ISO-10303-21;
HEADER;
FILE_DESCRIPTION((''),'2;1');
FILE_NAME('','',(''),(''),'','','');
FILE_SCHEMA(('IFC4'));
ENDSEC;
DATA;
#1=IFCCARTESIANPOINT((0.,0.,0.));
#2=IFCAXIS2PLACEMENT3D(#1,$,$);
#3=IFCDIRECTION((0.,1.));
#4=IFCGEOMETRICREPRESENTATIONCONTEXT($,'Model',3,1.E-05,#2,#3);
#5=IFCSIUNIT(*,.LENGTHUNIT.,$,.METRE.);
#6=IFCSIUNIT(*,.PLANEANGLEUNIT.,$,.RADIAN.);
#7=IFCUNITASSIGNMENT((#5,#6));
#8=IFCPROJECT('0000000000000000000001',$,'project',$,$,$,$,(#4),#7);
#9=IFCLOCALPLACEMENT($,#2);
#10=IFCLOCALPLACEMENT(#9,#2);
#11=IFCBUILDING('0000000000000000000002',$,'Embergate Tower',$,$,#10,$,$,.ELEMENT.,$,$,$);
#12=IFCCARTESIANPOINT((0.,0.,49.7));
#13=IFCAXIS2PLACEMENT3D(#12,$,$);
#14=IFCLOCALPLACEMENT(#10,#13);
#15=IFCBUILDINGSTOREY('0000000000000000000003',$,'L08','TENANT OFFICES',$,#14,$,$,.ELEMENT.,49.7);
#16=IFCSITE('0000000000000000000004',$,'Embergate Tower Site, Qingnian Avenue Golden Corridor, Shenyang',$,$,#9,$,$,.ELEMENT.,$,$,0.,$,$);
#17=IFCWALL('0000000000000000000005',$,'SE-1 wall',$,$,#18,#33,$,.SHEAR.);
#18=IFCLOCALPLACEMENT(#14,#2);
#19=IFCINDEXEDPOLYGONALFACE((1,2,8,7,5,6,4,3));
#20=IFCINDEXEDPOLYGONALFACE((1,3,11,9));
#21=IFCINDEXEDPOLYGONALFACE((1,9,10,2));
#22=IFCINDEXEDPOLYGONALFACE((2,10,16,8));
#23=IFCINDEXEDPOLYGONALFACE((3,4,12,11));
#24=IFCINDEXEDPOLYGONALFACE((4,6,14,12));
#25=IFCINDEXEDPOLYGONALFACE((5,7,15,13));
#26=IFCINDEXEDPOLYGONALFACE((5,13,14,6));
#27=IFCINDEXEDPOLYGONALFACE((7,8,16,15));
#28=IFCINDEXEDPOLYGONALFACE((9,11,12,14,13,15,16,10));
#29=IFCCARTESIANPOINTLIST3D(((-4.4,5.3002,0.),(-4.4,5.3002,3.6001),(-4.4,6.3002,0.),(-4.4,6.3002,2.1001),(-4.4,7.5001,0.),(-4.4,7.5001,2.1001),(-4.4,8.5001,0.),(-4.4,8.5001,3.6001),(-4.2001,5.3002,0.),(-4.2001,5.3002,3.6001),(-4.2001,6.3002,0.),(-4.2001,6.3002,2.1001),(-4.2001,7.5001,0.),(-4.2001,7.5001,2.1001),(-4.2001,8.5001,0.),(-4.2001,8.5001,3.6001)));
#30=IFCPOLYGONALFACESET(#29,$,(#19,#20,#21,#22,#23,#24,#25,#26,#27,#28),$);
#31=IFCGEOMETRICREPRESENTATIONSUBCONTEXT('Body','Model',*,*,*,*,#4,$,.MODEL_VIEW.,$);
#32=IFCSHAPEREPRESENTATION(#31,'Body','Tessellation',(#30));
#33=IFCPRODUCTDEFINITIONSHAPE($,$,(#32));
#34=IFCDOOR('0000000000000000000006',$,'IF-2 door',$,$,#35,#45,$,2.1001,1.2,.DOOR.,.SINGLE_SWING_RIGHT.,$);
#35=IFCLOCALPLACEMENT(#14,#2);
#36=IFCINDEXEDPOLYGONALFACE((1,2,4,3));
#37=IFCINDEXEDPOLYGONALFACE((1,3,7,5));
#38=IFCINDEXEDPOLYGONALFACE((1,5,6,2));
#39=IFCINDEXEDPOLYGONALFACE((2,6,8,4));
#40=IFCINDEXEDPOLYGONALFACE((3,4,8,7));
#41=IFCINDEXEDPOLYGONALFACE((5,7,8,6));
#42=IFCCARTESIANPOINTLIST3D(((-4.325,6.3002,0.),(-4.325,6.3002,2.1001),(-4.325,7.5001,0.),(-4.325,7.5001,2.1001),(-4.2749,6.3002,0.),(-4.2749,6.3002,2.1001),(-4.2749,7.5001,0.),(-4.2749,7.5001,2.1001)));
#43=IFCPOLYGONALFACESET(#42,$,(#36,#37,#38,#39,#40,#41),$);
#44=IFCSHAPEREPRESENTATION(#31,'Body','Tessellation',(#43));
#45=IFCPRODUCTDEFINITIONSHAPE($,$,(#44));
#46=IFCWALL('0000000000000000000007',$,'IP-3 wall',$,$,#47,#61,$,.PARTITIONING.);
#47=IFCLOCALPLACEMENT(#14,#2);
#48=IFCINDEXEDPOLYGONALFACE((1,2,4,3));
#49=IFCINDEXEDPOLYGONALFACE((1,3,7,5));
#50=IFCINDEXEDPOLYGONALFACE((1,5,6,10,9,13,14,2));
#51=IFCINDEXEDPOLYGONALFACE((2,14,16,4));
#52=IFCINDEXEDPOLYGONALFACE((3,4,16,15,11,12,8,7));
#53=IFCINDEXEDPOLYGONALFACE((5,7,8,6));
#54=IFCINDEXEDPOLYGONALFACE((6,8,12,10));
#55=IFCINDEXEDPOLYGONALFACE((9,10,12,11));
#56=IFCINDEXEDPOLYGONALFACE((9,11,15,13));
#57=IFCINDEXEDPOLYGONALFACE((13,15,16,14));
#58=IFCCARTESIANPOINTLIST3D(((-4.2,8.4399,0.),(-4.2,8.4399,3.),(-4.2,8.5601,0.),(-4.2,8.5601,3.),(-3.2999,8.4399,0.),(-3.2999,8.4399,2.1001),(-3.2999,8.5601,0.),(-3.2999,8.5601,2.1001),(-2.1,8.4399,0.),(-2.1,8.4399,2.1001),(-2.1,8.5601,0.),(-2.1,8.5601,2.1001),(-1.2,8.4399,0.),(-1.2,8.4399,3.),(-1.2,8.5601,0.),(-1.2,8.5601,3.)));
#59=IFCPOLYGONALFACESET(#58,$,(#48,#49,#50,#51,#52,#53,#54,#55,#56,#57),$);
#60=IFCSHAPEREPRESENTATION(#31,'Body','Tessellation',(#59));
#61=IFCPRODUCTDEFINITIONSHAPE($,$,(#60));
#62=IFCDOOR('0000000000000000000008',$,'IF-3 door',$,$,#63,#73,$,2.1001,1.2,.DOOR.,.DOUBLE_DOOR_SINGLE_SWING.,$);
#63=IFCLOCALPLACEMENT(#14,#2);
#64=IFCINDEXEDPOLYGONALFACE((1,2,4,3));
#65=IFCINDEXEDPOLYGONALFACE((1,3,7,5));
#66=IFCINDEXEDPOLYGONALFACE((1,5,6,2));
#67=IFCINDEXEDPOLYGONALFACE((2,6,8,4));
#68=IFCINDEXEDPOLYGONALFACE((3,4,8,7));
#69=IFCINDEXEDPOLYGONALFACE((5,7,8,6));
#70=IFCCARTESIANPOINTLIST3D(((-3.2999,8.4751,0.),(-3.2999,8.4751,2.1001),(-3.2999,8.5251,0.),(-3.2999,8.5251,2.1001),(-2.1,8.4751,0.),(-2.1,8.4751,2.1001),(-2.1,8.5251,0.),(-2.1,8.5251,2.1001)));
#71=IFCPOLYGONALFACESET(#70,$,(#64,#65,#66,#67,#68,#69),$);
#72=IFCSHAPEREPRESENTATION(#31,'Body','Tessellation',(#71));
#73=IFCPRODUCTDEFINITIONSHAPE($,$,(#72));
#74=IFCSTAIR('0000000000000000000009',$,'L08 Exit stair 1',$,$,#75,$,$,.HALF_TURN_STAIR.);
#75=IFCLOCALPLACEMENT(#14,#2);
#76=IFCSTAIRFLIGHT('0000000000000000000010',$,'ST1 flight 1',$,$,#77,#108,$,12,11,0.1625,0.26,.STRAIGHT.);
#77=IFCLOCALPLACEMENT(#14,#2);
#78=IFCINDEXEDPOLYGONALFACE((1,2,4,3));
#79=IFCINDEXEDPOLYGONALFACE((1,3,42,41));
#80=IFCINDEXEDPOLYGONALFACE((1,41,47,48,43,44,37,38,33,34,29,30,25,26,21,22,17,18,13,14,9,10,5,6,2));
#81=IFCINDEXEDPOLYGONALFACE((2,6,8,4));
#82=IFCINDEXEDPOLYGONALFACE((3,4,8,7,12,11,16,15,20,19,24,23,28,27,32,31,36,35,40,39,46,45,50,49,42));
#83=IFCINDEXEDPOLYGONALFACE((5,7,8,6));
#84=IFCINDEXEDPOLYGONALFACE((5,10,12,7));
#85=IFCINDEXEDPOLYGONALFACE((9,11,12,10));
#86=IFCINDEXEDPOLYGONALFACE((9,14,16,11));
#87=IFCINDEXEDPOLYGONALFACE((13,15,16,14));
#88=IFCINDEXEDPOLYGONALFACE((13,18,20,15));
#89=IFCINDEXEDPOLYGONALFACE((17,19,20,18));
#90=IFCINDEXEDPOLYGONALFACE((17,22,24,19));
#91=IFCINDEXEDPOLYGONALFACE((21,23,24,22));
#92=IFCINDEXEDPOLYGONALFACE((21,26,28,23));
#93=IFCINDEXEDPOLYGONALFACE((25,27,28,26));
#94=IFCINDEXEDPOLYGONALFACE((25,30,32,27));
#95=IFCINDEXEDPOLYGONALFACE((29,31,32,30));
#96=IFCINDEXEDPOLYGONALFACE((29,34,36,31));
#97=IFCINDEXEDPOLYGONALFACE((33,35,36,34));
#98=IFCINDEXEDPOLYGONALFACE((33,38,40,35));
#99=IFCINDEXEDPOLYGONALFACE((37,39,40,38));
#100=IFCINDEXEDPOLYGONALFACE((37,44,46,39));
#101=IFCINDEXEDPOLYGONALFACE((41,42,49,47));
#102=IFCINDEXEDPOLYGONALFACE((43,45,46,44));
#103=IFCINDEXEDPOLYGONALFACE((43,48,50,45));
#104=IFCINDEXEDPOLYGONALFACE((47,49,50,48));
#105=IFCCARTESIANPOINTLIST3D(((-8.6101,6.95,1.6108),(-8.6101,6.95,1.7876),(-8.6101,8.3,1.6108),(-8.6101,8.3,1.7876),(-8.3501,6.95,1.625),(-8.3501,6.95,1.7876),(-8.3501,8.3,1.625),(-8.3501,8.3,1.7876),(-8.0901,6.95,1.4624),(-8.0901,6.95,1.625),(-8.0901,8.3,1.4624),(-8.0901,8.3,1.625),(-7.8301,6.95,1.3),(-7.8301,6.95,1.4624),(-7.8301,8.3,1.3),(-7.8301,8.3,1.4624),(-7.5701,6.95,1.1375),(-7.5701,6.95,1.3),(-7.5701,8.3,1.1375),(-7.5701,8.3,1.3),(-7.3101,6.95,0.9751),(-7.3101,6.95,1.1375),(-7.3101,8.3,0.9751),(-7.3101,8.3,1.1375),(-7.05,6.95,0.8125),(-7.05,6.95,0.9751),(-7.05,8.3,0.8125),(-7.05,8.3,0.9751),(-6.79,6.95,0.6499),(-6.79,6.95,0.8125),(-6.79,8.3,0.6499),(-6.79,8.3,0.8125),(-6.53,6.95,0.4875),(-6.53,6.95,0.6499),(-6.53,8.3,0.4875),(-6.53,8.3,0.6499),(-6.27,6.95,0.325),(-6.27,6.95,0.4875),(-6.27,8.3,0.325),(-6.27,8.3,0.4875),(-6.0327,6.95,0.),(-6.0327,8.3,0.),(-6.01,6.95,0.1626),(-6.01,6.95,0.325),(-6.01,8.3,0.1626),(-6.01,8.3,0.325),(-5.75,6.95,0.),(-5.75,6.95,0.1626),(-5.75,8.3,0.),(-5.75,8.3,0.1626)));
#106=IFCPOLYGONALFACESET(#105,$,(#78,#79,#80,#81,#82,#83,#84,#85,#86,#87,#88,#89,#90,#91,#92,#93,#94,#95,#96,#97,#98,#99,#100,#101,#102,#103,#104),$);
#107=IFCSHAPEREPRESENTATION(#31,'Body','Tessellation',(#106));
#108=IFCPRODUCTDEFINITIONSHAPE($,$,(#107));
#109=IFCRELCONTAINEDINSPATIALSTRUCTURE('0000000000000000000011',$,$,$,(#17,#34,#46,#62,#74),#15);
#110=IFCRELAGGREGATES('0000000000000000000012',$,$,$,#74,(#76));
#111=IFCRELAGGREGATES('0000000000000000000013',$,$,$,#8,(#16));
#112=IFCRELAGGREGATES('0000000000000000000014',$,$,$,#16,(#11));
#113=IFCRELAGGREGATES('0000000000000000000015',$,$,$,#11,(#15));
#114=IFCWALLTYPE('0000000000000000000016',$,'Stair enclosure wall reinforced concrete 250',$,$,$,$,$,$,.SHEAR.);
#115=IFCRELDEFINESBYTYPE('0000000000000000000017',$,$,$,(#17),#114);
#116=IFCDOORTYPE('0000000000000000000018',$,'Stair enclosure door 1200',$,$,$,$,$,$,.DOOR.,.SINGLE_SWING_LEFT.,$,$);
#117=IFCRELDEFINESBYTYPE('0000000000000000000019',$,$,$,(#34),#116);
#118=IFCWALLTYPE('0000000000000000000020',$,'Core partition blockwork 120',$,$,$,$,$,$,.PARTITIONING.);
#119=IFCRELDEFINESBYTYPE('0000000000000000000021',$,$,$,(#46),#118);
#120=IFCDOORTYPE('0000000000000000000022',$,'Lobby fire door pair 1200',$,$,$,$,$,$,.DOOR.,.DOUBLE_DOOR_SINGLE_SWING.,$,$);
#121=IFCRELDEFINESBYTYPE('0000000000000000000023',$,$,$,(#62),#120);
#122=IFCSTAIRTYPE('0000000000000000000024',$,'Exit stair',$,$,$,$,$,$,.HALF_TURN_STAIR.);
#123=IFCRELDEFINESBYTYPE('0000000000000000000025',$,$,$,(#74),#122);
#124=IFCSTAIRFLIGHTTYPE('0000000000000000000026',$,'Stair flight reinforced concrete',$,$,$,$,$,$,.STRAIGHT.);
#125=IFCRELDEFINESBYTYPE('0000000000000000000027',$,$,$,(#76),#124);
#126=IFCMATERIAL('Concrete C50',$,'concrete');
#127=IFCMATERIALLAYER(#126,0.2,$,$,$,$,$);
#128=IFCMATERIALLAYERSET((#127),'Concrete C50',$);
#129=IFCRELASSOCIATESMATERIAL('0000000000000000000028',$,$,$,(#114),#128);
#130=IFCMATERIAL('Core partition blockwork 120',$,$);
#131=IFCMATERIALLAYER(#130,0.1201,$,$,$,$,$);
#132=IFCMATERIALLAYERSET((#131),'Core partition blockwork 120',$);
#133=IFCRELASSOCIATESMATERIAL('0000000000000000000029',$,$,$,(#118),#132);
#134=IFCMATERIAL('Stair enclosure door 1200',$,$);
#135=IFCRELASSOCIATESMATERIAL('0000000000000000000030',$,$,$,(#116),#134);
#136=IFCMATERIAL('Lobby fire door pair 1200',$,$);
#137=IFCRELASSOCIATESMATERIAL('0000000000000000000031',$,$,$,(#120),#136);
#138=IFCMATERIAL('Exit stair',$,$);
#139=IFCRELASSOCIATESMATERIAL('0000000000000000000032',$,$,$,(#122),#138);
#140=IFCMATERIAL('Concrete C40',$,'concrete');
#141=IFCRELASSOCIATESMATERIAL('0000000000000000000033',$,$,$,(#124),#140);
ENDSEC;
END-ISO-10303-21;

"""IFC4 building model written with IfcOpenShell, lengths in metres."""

from ifc_helpers import new_model, si_unit, direction, frame, frame_2d, origin, place, context, subcontext, project, spatial, polyline, rectangle, outline, extrude, source, transform, mapped, material, layer, layer_set, type_object, element, fill, aggregate, save


model = new_model("IFC4")

# Units and contexts
model_context = context("Model", 3, precision=1e-05, world=origin(), true_north=direction((0.0, 1.0)))
body_context = subcontext(model_context, "Body", "Model", "MODEL_VIEW")
ifc_project = project(units=[si_unit("LENGTHUNIT", "METRE"), si_unit("PLANEANGLEUNIT", "RADIAN")], contexts=[model_context])

# Site, building, storey
site_placement = place(None, origin())
site = spatial("IfcSite", under=ifc_project, at=site_placement, Name="Embergate Tower Site, Qingnian Avenue Golden Corridor, Shenyang", CompositionType="ELEMENT", RefElevation=0.0)
building_placement = place(site_placement, origin())
building = spatial("IfcBuilding", under=site, at=building_placement, Name="Embergate Tower", CompositionType="ELEMENT")
storey_placement = place(building_placement, frame((0.0, 0.0, 49.7)))
storey = spatial("IfcBuildingStorey", under=building, at=storey_placement, Name="L08", Description="TENANT OFFICES", CompositionType="ELEMENT", Elevation=49.7)

# Shared definitions
ifc_material_1 = material(Name="Concrete C50", Category="concrete")

# Shared definitions
ifc_layer_1 = layer(ifc_material_1, 0.2)
ifc_layer_set_1 = layer_set([ifc_layer_1], Name="Concrete C50")
wall_type_1 = type_object("IfcWallType", Name="Stair enclosure wall reinforced concrete 250", PredefinedType="SHEAR", material=ifc_layer_set_1)

# Walls, openings, doors
ifc_material_2 = material(Name="Core partition blockwork 120")
ifc_layer_2 = layer(ifc_material_2, 0.1201)
ifc_layer_set_2 = layer_set([ifc_layer_2], Name="Core partition blockwork 120")
wall_type_2 = type_object("IfcWallType", Name="Core partition blockwork 120", PredefinedType="PARTITIONING", material=ifc_layer_set_2)
shared_shape_1 = source(origin(), body_context, "Body", "SweptSolid", [
    extrude(rectangle(XDim=3.2, YDim=0.2, at=frame_2d((1.6001, 0.0))), origin(), (0.0, 0.0, 1.0), 3.6001),
])
wall_1_placement = place(storey_placement, frame((-4.3, 5.3, 0.0), z_axis=(0.0, 0.0, 1.0), x_axis=(0.0, 1.0, 0.0)))
wall_1 = element("IfcWall", 1, at=wall_1_placement, inside=storey, type_object=wall_type_1, Name="SE-1 wall", PredefinedType="SHEAR", context=body_context, shape_type="MappedRepresentation", body=[
    mapped(shared_shape_1, transform((0.0, 0.0, 0.0))),
])
shared_shape_2 = source(origin(), body_context, "Body", "SweptSolid", [
    extrude(rectangle(XDim=1.2, YDim=2.1001, at=frame_2d((0.6001, 1.05))), frame((0.0, 0.1099, 0.0), z_axis=(0.0, -1.0, 0.0), x_axis=(1.0, 0.0, 0.0)), (0.0, 0.0, 1.0), 0.22),
])
opening_1_placement = place(wall_1_placement, frame((1.0, 0.0, 0.0)))
opening_1 = element("IfcOpeningElement", 2, at=opening_1_placement, cuts=wall_1, PredefinedType="OPENING", context=body_context, shape_type="MappedRepresentation", body=[
    mapped(shared_shape_2, transform((0.0, 0.0, 0.0))),
])
ifc_material_3 = material(Name="Stair enclosure door 1200")
door_type_1 = type_object("IfcDoorType", Name="Stair enclosure door 1200", OperationType="SINGLE_SWING_LEFT", PredefinedType="DOOR", material=ifc_material_3)
shared_shape_3 = source(origin(), body_context, "Body", "SweptSolid", [
    extrude(rectangle(XDim=1.2, YDim=2.1001, at=frame_2d((0.6001, 1.05))), frame((0.0, 0.0249, 0.0), z_axis=(0.0, -1.0, 0.0), x_axis=(1.0, 0.0, 0.0)), (0.0, 0.0, 1.0), 0.05),
])
door_1_placement = place(opening_1_placement, origin())
door_1 = element("IfcDoor", 3, at=door_1_placement, inside=storey, type_object=door_type_1, Name="IF-2 door", OperationType="SINGLE_SWING_RIGHT", OverallHeight=2.1001, OverallWidth=1.2, PredefinedType="DOOR", context=body_context, shape_type="MappedRepresentation", body=[
    mapped(shared_shape_3, transform((0.0, 0.0, 0.0))),
])
fill(opening_1, door_1)
shared_shape_4 = source(origin(), body_context, "Body", "SweptSolid", [
    extrude(rectangle(XDim=3.0, YDim=0.1201, at=frame_2d((1.5, 0.0))), origin(), (0.0, 0.0, 1.0), 3.0),
])
wall_2_placement = place(storey_placement, frame((-1.2, 8.5, 0.0), z_axis=(0.0, 0.0, 1.0), x_axis=(-1.0, 0.0, 0.0)))
wall_2 = element("IfcWall", 4, at=wall_2_placement, inside=storey, type_object=wall_type_2, Name="IP-3 wall", PredefinedType="PARTITIONING", context=body_context, shape_type="MappedRepresentation", body=[
    mapped(shared_shape_4, transform((0.0, 0.0, 0.0))),
])
shared_shape_5 = source(origin(), body_context, "Body", "SweptSolid", [
    extrude(rectangle(XDim=1.2, YDim=2.1001, at=frame_2d((0.6001, 1.05))), frame((0.0, 0.0701, 0.0), z_axis=(0.0, -1.0, 0.0), x_axis=(1.0, 0.0, 0.0)), (0.0, 0.0, 1.0), 0.1401),
])
opening_2_placement = place(wall_2_placement, frame((0.8999, 0.0, 0.0)))
opening_2 = element("IfcOpeningElement", 5, at=opening_2_placement, cuts=wall_2, PredefinedType="OPENING", context=body_context, shape_type="MappedRepresentation", body=[
    mapped(shared_shape_5, transform((0.0, 0.0, 0.0))),
])
ifc_material_4 = material(Name="Lobby fire door pair 1200")
door_type_2 = type_object("IfcDoorType", Name="Lobby fire door pair 1200", OperationType="DOUBLE_DOOR_SINGLE_SWING", PredefinedType="DOOR", material=ifc_material_4)
door_2_placement = place(opening_2_placement, origin())
door_2 = element("IfcDoor", 6, at=door_2_placement, inside=storey, type_object=door_type_2, Name="IF-3 door", OperationType="DOUBLE_DOOR_SINGLE_SWING", OverallHeight=2.1001, OverallWidth=1.2, PredefinedType="DOOR", context=body_context, shape_type="MappedRepresentation", body=[
    mapped(shared_shape_3, transform((0.0, 0.0, 0.0))),
])
fill(opening_2, door_2)

# Stair, stair flight
ifc_material_5 = material(Name="Exit stair")
stair_type = type_object("IfcStairType", Name="Exit stair", PredefinedType="HALF_TURN_STAIR", material=ifc_material_5)
stair_placement = place(storey_placement, origin())
stair = element("IfcStair", 7, at=stair_placement, inside=storey, type_object=stair_type, Name="L08 Exit stair 1", PredefinedType="HALF_TURN_STAIR")
ifc_material_6 = material(Name="Concrete C40", Category="concrete")
stair_flight_type = type_object("IfcStairFlightType", Name="Stair flight reinforced concrete", PredefinedType="STRAIGHT", material=ifc_material_6)
shared_shape_6 = source(origin(), body_context, "Body", "SweptSolid", [
    extrude(outline(polyline([(0.0, 0.0), (0.0, 0.1626), (0.26, 0.1626), (0.26, 0.325), (0.52, 0.325), (0.52, 0.4875), (0.78, 0.4875), (0.78, 0.6499), (1.04, 0.6499), (1.04, 0.8125), (1.3, 0.8125), (1.3, 0.9751), (1.5601, 0.9751), (1.5601, 1.1375), (1.8201, 1.1375), (1.8201, 1.3), (2.0801, 1.3), (2.0801, 1.4624), (2.3401, 1.4624), (2.3401, 1.625), (2.6001, 1.625), (2.6001, 1.7876), (2.8601, 1.7876), (2.8601, 1.95), (2.8601, 1.6108), (0.2827, 0.0), (0.0, 0.0)])), frame((0.0, 0.675, 0.0), z_axis=(0.0, -1.0, 0.0), x_axis=(1.0, 0.0, 0.0)), (0.0, 0.0, 1.0), 1.3501),
])
stair_flight_placement = place(storey_placement, frame((-5.75, 7.625, 0.0), z_axis=(0.0, 0.0, 1.0), x_axis=(-1.0, 0.0, 0.0)))
stair_flight = element("IfcStairFlight", 8, at=stair_flight_placement, type_object=stair_flight_type, Name="ST1 flight 1", NumberOfRisers=12, NumberOfTreads=11, PredefinedType="STRAIGHT", RiserHeight=0.1625, TreadLength=0.26, context=body_context, shape_type="MappedRepresentation", body=[
    mapped(shared_shape_6, transform((0.0, 0.0, 0.0))),
])
aggregate(stair, [stair_flight])

save(model, "model.ifc")
